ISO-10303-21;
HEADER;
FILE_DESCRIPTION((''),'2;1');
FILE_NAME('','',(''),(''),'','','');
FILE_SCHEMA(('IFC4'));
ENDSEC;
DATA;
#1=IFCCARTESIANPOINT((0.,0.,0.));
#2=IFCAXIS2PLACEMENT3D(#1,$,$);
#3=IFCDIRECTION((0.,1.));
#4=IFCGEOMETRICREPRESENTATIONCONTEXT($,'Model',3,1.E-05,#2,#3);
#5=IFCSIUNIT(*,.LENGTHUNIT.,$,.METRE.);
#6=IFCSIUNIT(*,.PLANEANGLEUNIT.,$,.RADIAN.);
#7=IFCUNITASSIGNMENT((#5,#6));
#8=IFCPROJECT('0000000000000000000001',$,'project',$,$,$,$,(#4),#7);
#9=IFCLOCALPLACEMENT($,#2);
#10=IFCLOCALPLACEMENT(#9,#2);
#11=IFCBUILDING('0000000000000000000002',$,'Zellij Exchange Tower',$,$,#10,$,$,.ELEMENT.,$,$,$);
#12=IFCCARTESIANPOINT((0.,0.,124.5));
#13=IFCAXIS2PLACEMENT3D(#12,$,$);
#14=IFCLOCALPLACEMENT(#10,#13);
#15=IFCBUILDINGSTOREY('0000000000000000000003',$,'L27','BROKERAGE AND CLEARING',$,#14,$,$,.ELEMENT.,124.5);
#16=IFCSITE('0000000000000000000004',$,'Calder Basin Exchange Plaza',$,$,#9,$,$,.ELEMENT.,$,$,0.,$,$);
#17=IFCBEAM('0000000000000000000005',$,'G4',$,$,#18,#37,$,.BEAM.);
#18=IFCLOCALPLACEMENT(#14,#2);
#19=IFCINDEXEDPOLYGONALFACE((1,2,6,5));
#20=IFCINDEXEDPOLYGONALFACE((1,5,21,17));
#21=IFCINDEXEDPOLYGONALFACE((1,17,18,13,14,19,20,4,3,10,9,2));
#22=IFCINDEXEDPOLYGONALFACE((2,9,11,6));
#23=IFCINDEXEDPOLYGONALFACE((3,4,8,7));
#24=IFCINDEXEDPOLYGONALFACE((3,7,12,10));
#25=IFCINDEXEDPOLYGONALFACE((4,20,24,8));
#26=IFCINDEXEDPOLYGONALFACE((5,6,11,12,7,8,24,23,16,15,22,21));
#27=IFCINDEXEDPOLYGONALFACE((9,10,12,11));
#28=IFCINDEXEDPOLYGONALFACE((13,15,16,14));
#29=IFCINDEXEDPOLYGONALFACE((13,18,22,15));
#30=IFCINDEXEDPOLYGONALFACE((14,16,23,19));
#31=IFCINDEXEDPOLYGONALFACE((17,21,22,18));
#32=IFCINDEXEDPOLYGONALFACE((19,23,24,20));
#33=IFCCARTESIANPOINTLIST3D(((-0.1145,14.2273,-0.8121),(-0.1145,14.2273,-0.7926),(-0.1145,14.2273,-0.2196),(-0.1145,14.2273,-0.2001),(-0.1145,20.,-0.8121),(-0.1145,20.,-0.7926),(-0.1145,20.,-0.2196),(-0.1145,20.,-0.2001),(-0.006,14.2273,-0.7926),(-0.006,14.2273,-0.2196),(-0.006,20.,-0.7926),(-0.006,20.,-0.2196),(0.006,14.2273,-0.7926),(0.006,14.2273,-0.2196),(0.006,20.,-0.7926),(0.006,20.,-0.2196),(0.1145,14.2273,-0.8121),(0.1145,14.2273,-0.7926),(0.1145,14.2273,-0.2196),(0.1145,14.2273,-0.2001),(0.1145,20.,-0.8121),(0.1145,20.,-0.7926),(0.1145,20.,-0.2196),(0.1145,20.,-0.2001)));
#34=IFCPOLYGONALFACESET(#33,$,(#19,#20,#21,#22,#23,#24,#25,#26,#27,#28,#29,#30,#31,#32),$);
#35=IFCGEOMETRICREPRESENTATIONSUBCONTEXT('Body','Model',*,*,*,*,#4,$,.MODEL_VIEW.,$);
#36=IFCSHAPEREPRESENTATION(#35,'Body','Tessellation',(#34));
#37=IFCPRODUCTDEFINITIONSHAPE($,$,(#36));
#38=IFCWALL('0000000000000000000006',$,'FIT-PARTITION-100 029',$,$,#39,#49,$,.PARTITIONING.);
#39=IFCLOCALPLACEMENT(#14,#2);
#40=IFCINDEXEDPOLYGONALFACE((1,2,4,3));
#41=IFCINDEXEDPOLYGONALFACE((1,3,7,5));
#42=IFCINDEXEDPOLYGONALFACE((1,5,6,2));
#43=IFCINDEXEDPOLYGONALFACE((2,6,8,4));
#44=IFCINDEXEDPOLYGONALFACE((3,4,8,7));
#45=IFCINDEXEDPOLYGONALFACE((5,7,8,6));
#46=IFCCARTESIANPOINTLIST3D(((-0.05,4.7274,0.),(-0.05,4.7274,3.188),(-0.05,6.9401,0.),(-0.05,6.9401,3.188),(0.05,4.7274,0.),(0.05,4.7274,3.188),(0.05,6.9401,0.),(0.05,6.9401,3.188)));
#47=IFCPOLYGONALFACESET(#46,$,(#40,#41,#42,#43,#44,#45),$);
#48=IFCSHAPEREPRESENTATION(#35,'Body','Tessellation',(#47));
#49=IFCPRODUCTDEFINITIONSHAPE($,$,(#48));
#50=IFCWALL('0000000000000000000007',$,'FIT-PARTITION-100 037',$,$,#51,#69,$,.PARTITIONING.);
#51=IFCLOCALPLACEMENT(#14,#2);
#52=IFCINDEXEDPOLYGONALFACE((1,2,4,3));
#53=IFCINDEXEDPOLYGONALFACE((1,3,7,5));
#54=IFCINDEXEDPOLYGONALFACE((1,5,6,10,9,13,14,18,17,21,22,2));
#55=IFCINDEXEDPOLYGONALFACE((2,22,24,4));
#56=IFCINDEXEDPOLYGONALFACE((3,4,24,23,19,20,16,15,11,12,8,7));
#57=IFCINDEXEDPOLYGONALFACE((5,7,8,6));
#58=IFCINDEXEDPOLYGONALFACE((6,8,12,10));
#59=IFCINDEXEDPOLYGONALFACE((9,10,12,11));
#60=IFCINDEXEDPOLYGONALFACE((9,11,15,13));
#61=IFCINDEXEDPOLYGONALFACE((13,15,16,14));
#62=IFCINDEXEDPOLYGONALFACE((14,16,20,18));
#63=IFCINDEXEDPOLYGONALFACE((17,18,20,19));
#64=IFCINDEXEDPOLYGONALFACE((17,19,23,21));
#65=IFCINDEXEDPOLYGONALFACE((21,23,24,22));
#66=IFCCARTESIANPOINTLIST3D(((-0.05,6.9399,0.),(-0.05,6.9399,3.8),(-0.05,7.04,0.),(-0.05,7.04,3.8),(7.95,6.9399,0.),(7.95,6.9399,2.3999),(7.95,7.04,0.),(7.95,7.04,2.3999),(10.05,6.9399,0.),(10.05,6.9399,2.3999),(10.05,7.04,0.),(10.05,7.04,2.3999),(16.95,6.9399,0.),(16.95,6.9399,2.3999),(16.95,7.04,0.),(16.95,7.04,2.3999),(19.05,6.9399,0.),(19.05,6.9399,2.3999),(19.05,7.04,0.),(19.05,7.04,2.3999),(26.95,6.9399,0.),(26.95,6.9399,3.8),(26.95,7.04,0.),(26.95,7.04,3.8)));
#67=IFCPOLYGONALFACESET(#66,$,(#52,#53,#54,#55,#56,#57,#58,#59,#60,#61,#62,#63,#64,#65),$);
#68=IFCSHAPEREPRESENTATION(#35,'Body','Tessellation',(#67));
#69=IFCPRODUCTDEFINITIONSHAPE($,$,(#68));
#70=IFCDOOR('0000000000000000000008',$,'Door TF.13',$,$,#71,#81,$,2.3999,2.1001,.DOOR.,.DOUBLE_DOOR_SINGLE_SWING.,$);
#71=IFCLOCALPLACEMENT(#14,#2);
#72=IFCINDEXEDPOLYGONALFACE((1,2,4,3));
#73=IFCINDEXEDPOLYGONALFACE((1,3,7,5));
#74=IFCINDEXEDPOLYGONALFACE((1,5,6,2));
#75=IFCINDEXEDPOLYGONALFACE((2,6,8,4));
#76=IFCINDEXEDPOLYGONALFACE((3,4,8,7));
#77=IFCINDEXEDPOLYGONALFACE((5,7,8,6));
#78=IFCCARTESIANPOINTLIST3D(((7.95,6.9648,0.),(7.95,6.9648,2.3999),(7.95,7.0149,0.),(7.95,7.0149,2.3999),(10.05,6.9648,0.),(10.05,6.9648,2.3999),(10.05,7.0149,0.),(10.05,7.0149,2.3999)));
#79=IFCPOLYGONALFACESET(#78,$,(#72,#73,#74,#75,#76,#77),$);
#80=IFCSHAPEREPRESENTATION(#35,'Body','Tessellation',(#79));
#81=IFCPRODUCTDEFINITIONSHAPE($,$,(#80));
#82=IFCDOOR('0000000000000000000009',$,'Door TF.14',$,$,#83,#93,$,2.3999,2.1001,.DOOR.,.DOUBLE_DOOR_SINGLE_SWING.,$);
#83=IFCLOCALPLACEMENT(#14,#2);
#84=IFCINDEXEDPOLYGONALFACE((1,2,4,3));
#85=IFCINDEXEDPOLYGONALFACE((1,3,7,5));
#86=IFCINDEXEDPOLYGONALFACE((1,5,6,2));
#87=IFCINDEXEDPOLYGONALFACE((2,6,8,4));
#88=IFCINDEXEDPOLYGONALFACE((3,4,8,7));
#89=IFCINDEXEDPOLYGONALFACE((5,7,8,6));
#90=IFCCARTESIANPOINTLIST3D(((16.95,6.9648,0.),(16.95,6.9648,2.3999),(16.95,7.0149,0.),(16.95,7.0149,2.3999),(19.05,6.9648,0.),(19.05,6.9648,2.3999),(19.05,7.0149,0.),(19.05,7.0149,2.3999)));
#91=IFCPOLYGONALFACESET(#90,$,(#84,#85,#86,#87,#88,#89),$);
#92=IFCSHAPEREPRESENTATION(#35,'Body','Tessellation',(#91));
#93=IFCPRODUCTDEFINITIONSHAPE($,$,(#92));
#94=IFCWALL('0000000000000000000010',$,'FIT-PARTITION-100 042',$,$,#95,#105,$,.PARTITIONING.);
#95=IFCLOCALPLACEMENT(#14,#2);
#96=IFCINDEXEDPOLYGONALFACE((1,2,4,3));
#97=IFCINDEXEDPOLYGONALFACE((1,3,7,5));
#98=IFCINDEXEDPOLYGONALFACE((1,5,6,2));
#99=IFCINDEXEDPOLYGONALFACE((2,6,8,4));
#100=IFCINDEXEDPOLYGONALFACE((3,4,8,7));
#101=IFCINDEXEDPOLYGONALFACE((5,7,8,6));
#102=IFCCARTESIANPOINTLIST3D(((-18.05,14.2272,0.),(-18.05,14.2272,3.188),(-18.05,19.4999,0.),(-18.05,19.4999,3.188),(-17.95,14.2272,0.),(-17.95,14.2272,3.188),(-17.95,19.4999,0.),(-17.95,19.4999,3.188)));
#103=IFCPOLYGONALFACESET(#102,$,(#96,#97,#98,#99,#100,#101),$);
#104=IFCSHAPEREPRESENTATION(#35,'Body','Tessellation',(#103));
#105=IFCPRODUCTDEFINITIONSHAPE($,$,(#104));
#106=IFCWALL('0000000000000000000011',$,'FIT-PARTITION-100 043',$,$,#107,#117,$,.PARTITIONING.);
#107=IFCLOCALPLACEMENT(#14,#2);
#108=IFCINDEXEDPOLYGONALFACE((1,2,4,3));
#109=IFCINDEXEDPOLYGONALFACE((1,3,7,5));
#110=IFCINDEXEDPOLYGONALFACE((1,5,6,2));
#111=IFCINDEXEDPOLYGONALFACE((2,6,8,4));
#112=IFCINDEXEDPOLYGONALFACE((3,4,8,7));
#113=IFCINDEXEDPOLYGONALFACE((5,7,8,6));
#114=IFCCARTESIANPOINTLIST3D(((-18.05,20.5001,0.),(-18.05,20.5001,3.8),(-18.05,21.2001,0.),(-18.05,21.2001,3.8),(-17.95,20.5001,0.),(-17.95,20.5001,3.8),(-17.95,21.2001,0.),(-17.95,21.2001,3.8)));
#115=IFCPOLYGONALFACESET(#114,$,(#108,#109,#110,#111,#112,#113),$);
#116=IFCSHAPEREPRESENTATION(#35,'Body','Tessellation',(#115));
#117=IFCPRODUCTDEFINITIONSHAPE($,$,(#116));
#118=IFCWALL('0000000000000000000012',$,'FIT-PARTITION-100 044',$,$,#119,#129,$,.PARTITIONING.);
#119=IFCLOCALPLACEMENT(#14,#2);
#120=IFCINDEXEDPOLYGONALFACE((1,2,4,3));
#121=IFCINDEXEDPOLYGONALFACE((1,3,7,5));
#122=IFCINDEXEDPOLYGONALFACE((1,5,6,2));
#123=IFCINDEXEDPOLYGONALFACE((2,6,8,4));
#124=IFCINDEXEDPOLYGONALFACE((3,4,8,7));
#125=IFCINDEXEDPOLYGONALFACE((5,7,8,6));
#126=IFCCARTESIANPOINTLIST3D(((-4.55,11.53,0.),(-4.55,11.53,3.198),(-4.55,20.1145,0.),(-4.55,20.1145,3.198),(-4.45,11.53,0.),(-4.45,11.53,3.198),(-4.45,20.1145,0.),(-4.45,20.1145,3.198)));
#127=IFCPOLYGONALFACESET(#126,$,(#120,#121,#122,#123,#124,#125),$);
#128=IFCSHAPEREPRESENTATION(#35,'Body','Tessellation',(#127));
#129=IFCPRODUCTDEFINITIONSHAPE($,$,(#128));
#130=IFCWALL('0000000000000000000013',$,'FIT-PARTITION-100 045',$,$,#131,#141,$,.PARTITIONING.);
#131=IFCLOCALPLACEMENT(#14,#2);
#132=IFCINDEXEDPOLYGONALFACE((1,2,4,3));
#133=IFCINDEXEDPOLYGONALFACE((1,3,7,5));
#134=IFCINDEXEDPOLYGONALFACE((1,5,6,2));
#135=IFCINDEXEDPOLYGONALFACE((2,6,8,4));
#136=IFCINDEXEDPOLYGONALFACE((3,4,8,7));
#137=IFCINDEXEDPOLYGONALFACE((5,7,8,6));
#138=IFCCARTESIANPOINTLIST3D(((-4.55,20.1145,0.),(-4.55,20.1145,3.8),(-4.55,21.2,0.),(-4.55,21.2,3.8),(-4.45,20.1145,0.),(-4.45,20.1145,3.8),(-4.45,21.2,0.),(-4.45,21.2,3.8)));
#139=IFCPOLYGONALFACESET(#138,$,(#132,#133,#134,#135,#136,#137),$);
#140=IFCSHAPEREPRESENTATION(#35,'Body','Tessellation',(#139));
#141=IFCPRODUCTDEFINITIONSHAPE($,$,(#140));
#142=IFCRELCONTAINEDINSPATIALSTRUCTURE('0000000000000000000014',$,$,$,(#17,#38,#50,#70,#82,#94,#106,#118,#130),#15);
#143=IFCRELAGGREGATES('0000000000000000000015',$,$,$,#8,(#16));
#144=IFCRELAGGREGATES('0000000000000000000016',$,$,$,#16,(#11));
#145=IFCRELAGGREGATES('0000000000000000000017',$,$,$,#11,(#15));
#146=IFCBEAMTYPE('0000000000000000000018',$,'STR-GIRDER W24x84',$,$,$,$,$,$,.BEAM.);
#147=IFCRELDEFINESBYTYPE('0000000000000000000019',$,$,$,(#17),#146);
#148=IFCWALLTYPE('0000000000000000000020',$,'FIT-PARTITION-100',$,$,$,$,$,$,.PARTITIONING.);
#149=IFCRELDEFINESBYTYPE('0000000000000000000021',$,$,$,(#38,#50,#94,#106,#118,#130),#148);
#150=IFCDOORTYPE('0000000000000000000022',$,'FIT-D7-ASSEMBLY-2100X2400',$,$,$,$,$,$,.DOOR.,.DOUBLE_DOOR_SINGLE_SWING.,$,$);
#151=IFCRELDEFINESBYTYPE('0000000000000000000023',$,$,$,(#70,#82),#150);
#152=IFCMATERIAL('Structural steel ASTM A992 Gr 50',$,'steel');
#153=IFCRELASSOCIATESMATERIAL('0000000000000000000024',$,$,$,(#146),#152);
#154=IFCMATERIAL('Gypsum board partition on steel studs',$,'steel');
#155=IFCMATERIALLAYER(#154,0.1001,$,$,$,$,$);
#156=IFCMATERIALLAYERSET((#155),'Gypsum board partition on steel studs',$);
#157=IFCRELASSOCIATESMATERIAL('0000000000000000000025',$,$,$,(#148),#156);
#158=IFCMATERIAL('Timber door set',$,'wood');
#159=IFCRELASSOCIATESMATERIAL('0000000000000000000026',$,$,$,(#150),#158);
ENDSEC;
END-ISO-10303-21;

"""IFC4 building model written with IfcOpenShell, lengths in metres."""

from ifc_helpers import new_model, si_unit, direction, frame, frame_2d, origin, origin_2d, place, context, subcontext, project, spatial, rectangle, i_section, extrude, material, layer, layer_set, material_profile, profile_set, type_object, element, fill, save


model = new_model("IFC4")

# Units and contexts
model_context = context("Model", 3, precision=1e-05, world=origin(), true_north=direction((0.0, 1.0)))
body_context = subcontext(model_context, "Body", "Model", "MODEL_VIEW")
ifc_project = project(units=[si_unit("LENGTHUNIT", "METRE"), si_unit("PLANEANGLEUNIT", "RADIAN")], contexts=[model_context])

# Site, building, storey
site_placement = place(None, origin())
site = spatial("IfcSite", under=ifc_project, at=site_placement, Name="Calder Basin Exchange Plaza", CompositionType="ELEMENT", RefElevation=0.0)
building_placement = place(site_placement, origin())
building = spatial("IfcBuilding", under=site, at=building_placement, Name="Zellij Exchange Tower", CompositionType="ELEMENT")
storey_placement = place(building_placement, frame((0.0, 0.0, 124.5)))
storey = spatial("IfcBuildingStorey", under=building, at=storey_placement, Name="L27", Description="BROKERAGE AND CLEARING", CompositionType="ELEMENT", Elevation=124.5)

# Beam
ifc_material_1 = material(Name="Structural steel ASTM A992 Gr 50", Category="steel")
ifc_material_profile_1 = material_profile(ifc_material_1, i_section(OverallWidth=0.229, OverallDepth=0.6121, WebThickness=0.012, FlangeThickness=0.0195, at=origin_2d()), Name="W24x84")
ifc_profile_set_1 = profile_set([ifc_material_profile_1], Name="Structural steel ASTM A992 Gr 50")
beam_type = type_object("IfcBeamType", Name="STR-GIRDER W24x84", PredefinedType="BEAM", material=ifc_profile_set_1)
for number, where, z_axis, x_axis, name in (
    (1, (0.0, 14.2273, -0.5061), (0.0, 1.0, 0.0), (-1.0, 0.0, 0.0), "G4"),
):
    element("IfcBeam", number, at=place(storey_placement, frame(where, z_axis=z_axis, x_axis=x_axis)), inside=storey, type_object=beam_type, Name=name, PredefinedType="BEAM", context=body_context, shape_type="SweptSolid", body=[
        extrude(i_section(OverallWidth=0.229, OverallDepth=0.6121, WebThickness=0.012, FlangeThickness=0.0195, at=origin_2d()), origin(), (0.0, 0.0, 1.0), 5.7727),
    ])

# Wall
ifc_material_2 = material(Name="Gypsum board partition on steel studs", Category="steel")
ifc_layer = layer(ifc_material_2, 0.1001)
ifc_layer_set = layer_set([ifc_layer], Name="Gypsum board partition on steel studs")
wall_type = type_object("IfcWallType", Name="FIT-PARTITION-100", PredefinedType="PARTITIONING", material=ifc_layer_set)
wall_1_placement = place(storey_placement, frame((0.0, 4.7273, 0.0), z_axis=(0.0, 0.0, 1.0), x_axis=(0.0, 1.0, 0.0)))
element("IfcWall", 2, at=wall_1_placement, inside=storey, type_object=wall_type, Name="FIT-PARTITION-100 029", PredefinedType="PARTITIONING", context=body_context, shape_type="SweptSolid", body=[
    extrude(rectangle(XDim=2.2126, YDim=0.1001, at=frame_2d((1.1064, 0.0))), origin(), (0.0, 0.0, 1.0), 3.188),
])

# Wall, openings, doors
wall_2_placement = place(storey_placement, frame((-0.05, 6.99, 0.0), z_axis=(0.0, 0.0, 1.0), x_axis=(1.0, 0.0, 0.0)))
wall_2 = element("IfcWall", 3, at=wall_2_placement, inside=storey, type_object=wall_type, Name="FIT-PARTITION-100 037", PredefinedType="PARTITIONING", context=body_context, shape_type="SweptSolid", body=[
    extrude(rectangle(XDim=27.0, YDim=0.1001, at=frame_2d((13.5, 0.0))), origin(), (0.0, 0.0, 1.0), 3.8),
])
opening_1_placement = place(wall_2_placement, frame((8.0, 0.0, 0.0)))
opening_1 = element("IfcOpeningElement", 4, at=opening_1_placement, cuts=wall_2, PredefinedType="OPENING", context=body_context, shape_type="SweptSolid", body=[
    extrude(rectangle(XDim=2.1001, YDim=2.3999, at=frame_2d((1.05, 1.2))), frame((0.0, 0.062, 0.0), z_axis=(0.0, -1.0, 0.0), x_axis=(1.0, 0.0, 0.0)), (0.0, 0.0, 1.0), 0.124),
])
opening_2_placement = place(wall_2_placement, frame((17.0, 0.0, 0.0)))
opening_2 = element("IfcOpeningElement", 5, at=opening_2_placement, cuts=wall_2, PredefinedType="OPENING", context=body_context, shape_type="SweptSolid", body=[
    extrude(rectangle(XDim=2.1001, YDim=2.3999, at=frame_2d((1.05, 1.2))), frame((0.0, 0.062, 0.0), z_axis=(0.0, -1.0, 0.0), x_axis=(1.0, 0.0, 0.0)), (0.0, 0.0, 1.0), 0.124),
])
ifc_material_3 = material(Name="Timber door set", Category="wood")
door_type = type_object("IfcDoorType", Name="FIT-D7-ASSEMBLY-2100X2400", OperationType="DOUBLE_DOOR_SINGLE_SWING", PredefinedType="DOOR", material=ifc_material_3)
door_1_placement = place(opening_1_placement, origin())
door_1 = element("IfcDoor", 6, at=door_1_placement, inside=storey, type_object=door_type, Name="Door TF.13", OperationType="DOUBLE_DOOR_SINGLE_SWING", OverallHeight=2.3999, OverallWidth=2.1001, PredefinedType="DOOR", context=body_context, shape_type="SweptSolid", body=[
    extrude(rectangle(XDim=2.1001, YDim=2.3999, at=frame_2d((1.05, 1.2))), frame((0.0, 0.0249, 0.0), z_axis=(0.0, -1.0, 0.0), x_axis=(1.0, 0.0, 0.0)), (0.0, 0.0, 1.0), 0.05),
])
fill(opening_1, door_1)
door_2_placement = place(opening_2_placement, origin())
door_2 = element("IfcDoor", 7, at=door_2_placement, inside=storey, type_object=door_type, Name="Door TF.14", OperationType="DOUBLE_DOOR_SINGLE_SWING", OverallHeight=2.3999, OverallWidth=2.1001, PredefinedType="DOOR", context=body_context, shape_type="SweptSolid", body=[
    extrude(rectangle(XDim=2.1001, YDim=2.3999, at=frame_2d((1.05, 1.2))), frame((0.0, 0.0249, 0.0), z_axis=(0.0, -1.0, 0.0), x_axis=(1.0, 0.0, 0.0)), (0.0, 0.0, 1.0), 0.05),
])
fill(opening_2, door_2)

# Walls
wall_3_placement = place(storey_placement, frame((-18.0, 14.2273, 0.0), z_axis=(0.0, 0.0, 1.0), x_axis=(0.0, 1.0, 0.0)))
element("IfcWall", 8, at=wall_3_placement, inside=storey, type_object=wall_type, Name="FIT-PARTITION-100 042", PredefinedType="PARTITIONING", context=body_context, shape_type="SweptSolid", body=[
    extrude(rectangle(XDim=5.2727, YDim=0.1001, at=frame_2d((2.6362, 0.0))), origin(), (0.0, 0.0, 1.0), 3.188),
])
wall_4_placement = place(storey_placement, frame((-18.0, 20.5, 0.0), z_axis=(0.0, 0.0, 1.0), x_axis=(0.0, 1.0, 0.0)))
element("IfcWall", 9, at=wall_4_placement, inside=storey, type_object=wall_type, Name="FIT-PARTITION-100 043", PredefinedType="PARTITIONING", context=body_context, shape_type="SweptSolid", body=[
    extrude(rectangle(XDim=0.7, YDim=0.1001, at=frame_2d((0.3501, 0.0))), origin(), (0.0, 0.0, 1.0), 3.8),
])
wall_5_placement = place(storey_placement, frame((-4.5, 11.53, 0.0), z_axis=(0.0, 0.0, 1.0), x_axis=(0.0, 1.0, 0.0)))
element("IfcWall", 10, at=wall_5_placement, inside=storey, type_object=wall_type, Name="FIT-PARTITION-100 044", PredefinedType="PARTITIONING", context=body_context, shape_type="SweptSolid", body=[
    extrude(rectangle(XDim=8.5845, YDim=0.1001, at=frame_2d((4.2922, 0.0))), origin(), (0.0, 0.0, 1.0), 3.198),
])
wall_6_placement = place(storey_placement, frame((-4.5, 20.1145, 0.0), z_axis=(0.0, 0.0, 1.0), x_axis=(0.0, 1.0, 0.0)))
element("IfcWall", 11, at=wall_6_placement, inside=storey, type_object=wall_type, Name="FIT-PARTITION-100 045", PredefinedType="PARTITIONING", context=body_context, shape_type="SweptSolid", body=[
    extrude(rectangle(XDim=1.0854, YDim=0.1001, at=frame_2d((0.5427, 0.0))), origin(), (0.0, 0.0, 1.0), 3.8),
])

save(model, "model.ifc")
